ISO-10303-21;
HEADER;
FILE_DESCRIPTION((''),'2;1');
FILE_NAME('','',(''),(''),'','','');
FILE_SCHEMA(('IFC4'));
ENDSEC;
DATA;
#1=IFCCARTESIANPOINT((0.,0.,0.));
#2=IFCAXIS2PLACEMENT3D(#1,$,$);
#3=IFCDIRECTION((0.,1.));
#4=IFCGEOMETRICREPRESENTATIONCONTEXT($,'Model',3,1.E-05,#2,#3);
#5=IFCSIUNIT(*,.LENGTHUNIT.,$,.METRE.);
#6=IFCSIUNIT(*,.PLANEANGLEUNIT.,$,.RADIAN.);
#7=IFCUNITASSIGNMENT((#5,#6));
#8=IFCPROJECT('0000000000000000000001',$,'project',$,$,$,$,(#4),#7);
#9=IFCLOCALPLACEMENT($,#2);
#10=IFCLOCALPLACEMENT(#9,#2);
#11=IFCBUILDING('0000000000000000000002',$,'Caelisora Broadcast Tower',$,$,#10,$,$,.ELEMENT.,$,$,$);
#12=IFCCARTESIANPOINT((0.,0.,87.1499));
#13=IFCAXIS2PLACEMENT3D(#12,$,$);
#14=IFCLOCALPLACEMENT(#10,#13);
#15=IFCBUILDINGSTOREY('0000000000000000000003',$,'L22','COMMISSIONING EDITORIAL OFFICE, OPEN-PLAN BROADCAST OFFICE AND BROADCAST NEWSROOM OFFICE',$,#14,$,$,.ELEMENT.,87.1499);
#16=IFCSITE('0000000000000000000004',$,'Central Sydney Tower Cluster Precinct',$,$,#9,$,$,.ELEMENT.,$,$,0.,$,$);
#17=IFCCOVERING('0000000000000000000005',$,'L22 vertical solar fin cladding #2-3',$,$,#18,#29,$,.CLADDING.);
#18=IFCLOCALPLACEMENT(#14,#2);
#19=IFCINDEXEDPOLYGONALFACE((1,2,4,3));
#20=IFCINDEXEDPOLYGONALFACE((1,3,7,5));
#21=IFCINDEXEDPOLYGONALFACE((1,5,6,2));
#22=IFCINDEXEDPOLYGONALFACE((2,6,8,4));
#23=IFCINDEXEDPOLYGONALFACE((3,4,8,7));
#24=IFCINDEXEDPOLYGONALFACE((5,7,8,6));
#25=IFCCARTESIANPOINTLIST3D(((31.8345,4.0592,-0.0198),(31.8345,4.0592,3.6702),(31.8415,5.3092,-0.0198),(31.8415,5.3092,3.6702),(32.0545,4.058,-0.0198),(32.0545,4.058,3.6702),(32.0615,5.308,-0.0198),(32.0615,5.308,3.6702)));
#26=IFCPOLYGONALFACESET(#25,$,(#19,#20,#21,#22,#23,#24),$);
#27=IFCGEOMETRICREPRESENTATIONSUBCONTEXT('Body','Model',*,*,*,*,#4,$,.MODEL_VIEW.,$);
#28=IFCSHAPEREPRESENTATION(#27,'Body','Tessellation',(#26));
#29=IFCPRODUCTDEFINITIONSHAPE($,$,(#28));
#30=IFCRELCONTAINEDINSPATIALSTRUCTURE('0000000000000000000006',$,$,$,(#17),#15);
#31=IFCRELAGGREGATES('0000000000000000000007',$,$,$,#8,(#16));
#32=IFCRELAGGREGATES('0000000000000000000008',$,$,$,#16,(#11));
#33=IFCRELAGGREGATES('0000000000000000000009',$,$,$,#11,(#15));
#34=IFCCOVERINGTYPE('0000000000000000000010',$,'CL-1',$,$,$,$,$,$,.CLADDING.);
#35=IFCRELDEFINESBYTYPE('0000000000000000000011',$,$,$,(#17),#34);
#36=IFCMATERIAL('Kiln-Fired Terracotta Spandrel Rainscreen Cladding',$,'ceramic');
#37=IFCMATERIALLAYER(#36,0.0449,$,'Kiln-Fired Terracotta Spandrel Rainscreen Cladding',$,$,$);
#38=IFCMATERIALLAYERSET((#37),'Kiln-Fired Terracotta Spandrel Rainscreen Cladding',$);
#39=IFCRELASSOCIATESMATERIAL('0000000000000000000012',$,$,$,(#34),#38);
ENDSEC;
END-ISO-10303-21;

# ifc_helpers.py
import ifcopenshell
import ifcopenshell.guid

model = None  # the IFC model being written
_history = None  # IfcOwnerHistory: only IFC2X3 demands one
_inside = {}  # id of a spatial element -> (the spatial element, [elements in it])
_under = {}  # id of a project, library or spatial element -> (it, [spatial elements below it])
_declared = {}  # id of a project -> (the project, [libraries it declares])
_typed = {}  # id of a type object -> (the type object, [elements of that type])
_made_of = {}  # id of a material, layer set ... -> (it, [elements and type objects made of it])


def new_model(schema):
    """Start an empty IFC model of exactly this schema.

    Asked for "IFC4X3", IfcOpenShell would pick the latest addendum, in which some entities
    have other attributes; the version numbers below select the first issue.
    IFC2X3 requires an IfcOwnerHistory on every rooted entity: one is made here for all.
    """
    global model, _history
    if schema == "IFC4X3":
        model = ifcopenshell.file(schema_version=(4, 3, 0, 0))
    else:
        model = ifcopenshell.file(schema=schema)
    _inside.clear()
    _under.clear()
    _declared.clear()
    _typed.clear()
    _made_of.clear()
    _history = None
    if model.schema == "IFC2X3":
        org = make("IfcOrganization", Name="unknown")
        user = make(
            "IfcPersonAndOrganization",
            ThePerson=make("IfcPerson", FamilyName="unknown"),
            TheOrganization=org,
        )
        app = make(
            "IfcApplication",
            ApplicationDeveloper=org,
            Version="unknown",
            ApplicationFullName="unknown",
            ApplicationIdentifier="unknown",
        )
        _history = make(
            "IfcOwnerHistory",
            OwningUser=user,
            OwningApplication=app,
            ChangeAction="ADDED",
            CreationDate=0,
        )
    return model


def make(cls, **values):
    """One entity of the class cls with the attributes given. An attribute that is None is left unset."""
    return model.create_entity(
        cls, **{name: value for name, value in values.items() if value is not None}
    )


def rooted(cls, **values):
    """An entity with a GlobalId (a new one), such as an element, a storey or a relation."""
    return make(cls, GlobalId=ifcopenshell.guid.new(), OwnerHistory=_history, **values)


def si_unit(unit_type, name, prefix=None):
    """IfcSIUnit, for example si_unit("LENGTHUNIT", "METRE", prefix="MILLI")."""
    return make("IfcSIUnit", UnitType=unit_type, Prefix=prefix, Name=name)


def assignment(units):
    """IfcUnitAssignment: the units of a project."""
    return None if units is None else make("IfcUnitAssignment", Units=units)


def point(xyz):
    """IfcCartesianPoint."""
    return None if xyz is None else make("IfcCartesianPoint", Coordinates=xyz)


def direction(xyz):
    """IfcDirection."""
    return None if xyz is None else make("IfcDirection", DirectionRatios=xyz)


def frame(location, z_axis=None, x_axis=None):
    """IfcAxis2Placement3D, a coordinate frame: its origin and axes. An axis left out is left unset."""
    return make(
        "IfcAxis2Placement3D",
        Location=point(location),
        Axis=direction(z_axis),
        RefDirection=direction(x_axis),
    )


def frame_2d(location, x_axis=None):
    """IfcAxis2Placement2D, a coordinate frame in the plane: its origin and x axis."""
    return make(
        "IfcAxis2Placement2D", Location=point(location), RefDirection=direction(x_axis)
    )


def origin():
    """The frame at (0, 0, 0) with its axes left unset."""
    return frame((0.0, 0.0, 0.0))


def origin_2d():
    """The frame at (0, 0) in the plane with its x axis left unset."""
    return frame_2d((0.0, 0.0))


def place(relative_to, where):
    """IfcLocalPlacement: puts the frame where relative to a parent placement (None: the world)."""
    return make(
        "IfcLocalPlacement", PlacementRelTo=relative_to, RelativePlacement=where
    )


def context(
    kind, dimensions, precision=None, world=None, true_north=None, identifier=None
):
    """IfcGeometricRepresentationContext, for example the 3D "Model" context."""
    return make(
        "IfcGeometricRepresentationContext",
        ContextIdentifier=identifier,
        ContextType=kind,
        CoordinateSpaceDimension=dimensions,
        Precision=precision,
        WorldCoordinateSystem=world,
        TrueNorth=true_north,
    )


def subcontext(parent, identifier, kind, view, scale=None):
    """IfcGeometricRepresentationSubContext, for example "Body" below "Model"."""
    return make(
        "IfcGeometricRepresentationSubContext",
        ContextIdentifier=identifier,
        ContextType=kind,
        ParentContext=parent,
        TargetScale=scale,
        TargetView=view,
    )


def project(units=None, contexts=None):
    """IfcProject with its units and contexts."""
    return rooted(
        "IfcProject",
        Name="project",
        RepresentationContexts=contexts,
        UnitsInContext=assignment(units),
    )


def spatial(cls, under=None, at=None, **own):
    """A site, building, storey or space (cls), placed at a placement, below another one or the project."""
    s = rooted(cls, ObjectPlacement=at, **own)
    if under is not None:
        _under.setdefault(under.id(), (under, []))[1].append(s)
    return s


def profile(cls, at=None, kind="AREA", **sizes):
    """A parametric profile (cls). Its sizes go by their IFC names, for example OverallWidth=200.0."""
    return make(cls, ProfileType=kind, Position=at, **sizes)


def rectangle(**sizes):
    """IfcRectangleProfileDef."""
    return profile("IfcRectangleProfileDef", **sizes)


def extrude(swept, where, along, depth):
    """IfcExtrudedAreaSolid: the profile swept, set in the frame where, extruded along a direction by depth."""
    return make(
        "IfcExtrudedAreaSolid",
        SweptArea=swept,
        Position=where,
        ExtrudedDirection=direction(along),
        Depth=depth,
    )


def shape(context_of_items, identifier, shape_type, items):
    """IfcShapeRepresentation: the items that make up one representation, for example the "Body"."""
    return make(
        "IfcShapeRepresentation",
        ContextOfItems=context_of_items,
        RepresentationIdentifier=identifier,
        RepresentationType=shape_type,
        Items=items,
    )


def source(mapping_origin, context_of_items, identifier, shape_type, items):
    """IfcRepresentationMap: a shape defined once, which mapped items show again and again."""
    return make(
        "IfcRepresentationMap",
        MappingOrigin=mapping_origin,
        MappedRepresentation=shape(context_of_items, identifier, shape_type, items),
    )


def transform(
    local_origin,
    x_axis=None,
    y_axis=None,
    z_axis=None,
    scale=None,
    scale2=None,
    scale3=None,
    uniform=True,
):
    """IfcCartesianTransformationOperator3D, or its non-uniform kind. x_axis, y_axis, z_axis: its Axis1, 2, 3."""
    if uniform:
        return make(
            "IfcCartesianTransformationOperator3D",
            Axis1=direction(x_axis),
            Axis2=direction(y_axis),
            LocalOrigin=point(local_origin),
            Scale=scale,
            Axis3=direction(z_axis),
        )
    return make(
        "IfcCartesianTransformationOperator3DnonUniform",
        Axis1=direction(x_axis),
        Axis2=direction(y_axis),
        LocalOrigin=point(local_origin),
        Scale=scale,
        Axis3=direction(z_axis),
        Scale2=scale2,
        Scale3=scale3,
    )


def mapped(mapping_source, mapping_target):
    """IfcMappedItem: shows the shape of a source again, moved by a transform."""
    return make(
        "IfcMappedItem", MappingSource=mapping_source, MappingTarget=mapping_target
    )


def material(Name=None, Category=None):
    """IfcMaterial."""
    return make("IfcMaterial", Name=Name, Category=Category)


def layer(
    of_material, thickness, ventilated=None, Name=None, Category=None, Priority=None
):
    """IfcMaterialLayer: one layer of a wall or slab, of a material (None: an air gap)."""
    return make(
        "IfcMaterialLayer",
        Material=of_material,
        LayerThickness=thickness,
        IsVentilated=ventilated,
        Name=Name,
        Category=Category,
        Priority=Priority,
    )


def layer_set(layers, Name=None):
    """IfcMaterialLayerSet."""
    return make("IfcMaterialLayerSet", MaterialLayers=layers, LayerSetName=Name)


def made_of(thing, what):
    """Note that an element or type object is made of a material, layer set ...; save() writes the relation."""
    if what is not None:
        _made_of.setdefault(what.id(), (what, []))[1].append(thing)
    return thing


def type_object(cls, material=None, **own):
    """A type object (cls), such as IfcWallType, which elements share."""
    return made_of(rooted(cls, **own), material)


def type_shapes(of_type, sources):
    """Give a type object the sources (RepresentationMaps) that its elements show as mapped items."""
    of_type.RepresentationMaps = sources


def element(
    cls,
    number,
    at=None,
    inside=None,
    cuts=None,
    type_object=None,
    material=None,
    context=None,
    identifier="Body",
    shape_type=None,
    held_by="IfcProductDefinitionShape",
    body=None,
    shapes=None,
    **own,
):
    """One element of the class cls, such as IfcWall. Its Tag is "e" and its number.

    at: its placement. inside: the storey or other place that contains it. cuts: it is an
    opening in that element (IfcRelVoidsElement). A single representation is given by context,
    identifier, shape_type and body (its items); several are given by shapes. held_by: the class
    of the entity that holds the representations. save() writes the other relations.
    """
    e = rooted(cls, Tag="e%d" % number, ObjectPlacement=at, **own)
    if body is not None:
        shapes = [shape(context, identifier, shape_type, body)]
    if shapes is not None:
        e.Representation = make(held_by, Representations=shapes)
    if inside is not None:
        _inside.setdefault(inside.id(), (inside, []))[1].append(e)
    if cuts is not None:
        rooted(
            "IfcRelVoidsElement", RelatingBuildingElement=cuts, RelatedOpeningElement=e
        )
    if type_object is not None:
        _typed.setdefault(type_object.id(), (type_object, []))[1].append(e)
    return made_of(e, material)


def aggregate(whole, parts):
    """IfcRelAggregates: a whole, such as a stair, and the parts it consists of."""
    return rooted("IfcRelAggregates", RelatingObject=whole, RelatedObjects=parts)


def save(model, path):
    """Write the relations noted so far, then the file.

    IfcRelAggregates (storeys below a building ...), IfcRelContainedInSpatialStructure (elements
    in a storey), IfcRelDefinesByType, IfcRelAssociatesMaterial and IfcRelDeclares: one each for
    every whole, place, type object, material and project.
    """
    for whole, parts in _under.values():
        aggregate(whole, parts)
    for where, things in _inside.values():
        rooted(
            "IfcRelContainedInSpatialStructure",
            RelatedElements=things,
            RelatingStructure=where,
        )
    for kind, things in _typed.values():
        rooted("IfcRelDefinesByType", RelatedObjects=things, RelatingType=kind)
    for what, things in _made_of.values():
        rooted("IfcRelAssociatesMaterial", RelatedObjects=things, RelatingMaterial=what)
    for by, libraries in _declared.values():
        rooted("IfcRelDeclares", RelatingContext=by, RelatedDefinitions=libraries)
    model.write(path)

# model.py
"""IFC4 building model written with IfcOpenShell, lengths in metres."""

from ifc_helpers import new_model, si_unit, direction, frame, origin, origin_2d, place, context, subcontext, project, spatial, rectangle, extrude, source, transform, mapped, material, layer, layer_set, type_object, type_shapes, element, save


model = new_model("IFC4")

# Units and contexts
model_context = context("Model", 3, precision=1e-05, world=origin(), true_north=direction((0.0, 1.0)))
body_context = subcontext(model_context, "Body", "Model", "MODEL_VIEW")
ifc_project = project(units=[si_unit("LENGTHUNIT", "METRE"), si_unit("PLANEANGLEUNIT", "RADIAN")], contexts=[model_context])

# Site, building, storey
site_placement = place(None, origin())
site = spatial("IfcSite", under=ifc_project, at=site_placement, Name="Central Sydney Tower Cluster Precinct", CompositionType="ELEMENT", RefElevation=0.0)
building_placement = place(site_placement, origin())
building = spatial("IfcBuilding", under=site, at=building_placement, Name="Caelisora Broadcast Tower", CompositionType="ELEMENT")
storey_placement = place(building_placement, frame((0.0, 0.0, 87.1499)))
storey = spatial("IfcBuildingStorey", under=building, at=storey_placement, Name="L22", Description="COMMISSIONING EDITORIAL OFFICE, OPEN-PLAN BROADCAST OFFICE AND BROADCAST NEWSROOM OFFICE", CompositionType="ELEMENT", Elevation=87.1499)

# Covering
ifc_material_1 = material(Name="Kiln-Fired Terracotta Spandrel Rainscreen Cladding", Category="ceramic")
ifc_layer_1 = layer(ifc_material_1, 0.0449, Name="Kiln-Fired Terracotta Spandrel Rainscreen Cladding")
ifc_layer_set_1 = layer_set([ifc_layer_1], Name="Kiln-Fired Terracotta Spandrel Rainscreen Cladding")
covering_type = type_object("IfcCoveringType", Name="CL-1", PredefinedType="CLADDING", material=ifc_layer_set_1)
shared_shape_1 = source(origin(), body_context, "Body", "SweptSolid", [
    extrude(rectangle(XDim=0.22, YDim=1.25, at=origin_2d()), origin(), (0.0, 0.0, 1.0), 3.6899),
])
type_shapes(covering_type, [shared_shape_1])
covering_placement = place(storey_placement, frame((31.948, 4.6836, -0.0198), z_axis=(0.0, 0.0, 1.0), x_axis=(-0.999984, 0.005585, 0.0)))
element("IfcCovering", 1, at=covering_placement, inside=storey, type_object=covering_type, Name="L22 vertical solar fin cladding #2-3", PredefinedType="CLADDING", context=body_context, shape_type="MappedRepresentation", body=[
    mapped(shared_shape_1, transform((0.0, 0.0, 0.0), scale=1.0)),
])

save(model, "model.ifc")
